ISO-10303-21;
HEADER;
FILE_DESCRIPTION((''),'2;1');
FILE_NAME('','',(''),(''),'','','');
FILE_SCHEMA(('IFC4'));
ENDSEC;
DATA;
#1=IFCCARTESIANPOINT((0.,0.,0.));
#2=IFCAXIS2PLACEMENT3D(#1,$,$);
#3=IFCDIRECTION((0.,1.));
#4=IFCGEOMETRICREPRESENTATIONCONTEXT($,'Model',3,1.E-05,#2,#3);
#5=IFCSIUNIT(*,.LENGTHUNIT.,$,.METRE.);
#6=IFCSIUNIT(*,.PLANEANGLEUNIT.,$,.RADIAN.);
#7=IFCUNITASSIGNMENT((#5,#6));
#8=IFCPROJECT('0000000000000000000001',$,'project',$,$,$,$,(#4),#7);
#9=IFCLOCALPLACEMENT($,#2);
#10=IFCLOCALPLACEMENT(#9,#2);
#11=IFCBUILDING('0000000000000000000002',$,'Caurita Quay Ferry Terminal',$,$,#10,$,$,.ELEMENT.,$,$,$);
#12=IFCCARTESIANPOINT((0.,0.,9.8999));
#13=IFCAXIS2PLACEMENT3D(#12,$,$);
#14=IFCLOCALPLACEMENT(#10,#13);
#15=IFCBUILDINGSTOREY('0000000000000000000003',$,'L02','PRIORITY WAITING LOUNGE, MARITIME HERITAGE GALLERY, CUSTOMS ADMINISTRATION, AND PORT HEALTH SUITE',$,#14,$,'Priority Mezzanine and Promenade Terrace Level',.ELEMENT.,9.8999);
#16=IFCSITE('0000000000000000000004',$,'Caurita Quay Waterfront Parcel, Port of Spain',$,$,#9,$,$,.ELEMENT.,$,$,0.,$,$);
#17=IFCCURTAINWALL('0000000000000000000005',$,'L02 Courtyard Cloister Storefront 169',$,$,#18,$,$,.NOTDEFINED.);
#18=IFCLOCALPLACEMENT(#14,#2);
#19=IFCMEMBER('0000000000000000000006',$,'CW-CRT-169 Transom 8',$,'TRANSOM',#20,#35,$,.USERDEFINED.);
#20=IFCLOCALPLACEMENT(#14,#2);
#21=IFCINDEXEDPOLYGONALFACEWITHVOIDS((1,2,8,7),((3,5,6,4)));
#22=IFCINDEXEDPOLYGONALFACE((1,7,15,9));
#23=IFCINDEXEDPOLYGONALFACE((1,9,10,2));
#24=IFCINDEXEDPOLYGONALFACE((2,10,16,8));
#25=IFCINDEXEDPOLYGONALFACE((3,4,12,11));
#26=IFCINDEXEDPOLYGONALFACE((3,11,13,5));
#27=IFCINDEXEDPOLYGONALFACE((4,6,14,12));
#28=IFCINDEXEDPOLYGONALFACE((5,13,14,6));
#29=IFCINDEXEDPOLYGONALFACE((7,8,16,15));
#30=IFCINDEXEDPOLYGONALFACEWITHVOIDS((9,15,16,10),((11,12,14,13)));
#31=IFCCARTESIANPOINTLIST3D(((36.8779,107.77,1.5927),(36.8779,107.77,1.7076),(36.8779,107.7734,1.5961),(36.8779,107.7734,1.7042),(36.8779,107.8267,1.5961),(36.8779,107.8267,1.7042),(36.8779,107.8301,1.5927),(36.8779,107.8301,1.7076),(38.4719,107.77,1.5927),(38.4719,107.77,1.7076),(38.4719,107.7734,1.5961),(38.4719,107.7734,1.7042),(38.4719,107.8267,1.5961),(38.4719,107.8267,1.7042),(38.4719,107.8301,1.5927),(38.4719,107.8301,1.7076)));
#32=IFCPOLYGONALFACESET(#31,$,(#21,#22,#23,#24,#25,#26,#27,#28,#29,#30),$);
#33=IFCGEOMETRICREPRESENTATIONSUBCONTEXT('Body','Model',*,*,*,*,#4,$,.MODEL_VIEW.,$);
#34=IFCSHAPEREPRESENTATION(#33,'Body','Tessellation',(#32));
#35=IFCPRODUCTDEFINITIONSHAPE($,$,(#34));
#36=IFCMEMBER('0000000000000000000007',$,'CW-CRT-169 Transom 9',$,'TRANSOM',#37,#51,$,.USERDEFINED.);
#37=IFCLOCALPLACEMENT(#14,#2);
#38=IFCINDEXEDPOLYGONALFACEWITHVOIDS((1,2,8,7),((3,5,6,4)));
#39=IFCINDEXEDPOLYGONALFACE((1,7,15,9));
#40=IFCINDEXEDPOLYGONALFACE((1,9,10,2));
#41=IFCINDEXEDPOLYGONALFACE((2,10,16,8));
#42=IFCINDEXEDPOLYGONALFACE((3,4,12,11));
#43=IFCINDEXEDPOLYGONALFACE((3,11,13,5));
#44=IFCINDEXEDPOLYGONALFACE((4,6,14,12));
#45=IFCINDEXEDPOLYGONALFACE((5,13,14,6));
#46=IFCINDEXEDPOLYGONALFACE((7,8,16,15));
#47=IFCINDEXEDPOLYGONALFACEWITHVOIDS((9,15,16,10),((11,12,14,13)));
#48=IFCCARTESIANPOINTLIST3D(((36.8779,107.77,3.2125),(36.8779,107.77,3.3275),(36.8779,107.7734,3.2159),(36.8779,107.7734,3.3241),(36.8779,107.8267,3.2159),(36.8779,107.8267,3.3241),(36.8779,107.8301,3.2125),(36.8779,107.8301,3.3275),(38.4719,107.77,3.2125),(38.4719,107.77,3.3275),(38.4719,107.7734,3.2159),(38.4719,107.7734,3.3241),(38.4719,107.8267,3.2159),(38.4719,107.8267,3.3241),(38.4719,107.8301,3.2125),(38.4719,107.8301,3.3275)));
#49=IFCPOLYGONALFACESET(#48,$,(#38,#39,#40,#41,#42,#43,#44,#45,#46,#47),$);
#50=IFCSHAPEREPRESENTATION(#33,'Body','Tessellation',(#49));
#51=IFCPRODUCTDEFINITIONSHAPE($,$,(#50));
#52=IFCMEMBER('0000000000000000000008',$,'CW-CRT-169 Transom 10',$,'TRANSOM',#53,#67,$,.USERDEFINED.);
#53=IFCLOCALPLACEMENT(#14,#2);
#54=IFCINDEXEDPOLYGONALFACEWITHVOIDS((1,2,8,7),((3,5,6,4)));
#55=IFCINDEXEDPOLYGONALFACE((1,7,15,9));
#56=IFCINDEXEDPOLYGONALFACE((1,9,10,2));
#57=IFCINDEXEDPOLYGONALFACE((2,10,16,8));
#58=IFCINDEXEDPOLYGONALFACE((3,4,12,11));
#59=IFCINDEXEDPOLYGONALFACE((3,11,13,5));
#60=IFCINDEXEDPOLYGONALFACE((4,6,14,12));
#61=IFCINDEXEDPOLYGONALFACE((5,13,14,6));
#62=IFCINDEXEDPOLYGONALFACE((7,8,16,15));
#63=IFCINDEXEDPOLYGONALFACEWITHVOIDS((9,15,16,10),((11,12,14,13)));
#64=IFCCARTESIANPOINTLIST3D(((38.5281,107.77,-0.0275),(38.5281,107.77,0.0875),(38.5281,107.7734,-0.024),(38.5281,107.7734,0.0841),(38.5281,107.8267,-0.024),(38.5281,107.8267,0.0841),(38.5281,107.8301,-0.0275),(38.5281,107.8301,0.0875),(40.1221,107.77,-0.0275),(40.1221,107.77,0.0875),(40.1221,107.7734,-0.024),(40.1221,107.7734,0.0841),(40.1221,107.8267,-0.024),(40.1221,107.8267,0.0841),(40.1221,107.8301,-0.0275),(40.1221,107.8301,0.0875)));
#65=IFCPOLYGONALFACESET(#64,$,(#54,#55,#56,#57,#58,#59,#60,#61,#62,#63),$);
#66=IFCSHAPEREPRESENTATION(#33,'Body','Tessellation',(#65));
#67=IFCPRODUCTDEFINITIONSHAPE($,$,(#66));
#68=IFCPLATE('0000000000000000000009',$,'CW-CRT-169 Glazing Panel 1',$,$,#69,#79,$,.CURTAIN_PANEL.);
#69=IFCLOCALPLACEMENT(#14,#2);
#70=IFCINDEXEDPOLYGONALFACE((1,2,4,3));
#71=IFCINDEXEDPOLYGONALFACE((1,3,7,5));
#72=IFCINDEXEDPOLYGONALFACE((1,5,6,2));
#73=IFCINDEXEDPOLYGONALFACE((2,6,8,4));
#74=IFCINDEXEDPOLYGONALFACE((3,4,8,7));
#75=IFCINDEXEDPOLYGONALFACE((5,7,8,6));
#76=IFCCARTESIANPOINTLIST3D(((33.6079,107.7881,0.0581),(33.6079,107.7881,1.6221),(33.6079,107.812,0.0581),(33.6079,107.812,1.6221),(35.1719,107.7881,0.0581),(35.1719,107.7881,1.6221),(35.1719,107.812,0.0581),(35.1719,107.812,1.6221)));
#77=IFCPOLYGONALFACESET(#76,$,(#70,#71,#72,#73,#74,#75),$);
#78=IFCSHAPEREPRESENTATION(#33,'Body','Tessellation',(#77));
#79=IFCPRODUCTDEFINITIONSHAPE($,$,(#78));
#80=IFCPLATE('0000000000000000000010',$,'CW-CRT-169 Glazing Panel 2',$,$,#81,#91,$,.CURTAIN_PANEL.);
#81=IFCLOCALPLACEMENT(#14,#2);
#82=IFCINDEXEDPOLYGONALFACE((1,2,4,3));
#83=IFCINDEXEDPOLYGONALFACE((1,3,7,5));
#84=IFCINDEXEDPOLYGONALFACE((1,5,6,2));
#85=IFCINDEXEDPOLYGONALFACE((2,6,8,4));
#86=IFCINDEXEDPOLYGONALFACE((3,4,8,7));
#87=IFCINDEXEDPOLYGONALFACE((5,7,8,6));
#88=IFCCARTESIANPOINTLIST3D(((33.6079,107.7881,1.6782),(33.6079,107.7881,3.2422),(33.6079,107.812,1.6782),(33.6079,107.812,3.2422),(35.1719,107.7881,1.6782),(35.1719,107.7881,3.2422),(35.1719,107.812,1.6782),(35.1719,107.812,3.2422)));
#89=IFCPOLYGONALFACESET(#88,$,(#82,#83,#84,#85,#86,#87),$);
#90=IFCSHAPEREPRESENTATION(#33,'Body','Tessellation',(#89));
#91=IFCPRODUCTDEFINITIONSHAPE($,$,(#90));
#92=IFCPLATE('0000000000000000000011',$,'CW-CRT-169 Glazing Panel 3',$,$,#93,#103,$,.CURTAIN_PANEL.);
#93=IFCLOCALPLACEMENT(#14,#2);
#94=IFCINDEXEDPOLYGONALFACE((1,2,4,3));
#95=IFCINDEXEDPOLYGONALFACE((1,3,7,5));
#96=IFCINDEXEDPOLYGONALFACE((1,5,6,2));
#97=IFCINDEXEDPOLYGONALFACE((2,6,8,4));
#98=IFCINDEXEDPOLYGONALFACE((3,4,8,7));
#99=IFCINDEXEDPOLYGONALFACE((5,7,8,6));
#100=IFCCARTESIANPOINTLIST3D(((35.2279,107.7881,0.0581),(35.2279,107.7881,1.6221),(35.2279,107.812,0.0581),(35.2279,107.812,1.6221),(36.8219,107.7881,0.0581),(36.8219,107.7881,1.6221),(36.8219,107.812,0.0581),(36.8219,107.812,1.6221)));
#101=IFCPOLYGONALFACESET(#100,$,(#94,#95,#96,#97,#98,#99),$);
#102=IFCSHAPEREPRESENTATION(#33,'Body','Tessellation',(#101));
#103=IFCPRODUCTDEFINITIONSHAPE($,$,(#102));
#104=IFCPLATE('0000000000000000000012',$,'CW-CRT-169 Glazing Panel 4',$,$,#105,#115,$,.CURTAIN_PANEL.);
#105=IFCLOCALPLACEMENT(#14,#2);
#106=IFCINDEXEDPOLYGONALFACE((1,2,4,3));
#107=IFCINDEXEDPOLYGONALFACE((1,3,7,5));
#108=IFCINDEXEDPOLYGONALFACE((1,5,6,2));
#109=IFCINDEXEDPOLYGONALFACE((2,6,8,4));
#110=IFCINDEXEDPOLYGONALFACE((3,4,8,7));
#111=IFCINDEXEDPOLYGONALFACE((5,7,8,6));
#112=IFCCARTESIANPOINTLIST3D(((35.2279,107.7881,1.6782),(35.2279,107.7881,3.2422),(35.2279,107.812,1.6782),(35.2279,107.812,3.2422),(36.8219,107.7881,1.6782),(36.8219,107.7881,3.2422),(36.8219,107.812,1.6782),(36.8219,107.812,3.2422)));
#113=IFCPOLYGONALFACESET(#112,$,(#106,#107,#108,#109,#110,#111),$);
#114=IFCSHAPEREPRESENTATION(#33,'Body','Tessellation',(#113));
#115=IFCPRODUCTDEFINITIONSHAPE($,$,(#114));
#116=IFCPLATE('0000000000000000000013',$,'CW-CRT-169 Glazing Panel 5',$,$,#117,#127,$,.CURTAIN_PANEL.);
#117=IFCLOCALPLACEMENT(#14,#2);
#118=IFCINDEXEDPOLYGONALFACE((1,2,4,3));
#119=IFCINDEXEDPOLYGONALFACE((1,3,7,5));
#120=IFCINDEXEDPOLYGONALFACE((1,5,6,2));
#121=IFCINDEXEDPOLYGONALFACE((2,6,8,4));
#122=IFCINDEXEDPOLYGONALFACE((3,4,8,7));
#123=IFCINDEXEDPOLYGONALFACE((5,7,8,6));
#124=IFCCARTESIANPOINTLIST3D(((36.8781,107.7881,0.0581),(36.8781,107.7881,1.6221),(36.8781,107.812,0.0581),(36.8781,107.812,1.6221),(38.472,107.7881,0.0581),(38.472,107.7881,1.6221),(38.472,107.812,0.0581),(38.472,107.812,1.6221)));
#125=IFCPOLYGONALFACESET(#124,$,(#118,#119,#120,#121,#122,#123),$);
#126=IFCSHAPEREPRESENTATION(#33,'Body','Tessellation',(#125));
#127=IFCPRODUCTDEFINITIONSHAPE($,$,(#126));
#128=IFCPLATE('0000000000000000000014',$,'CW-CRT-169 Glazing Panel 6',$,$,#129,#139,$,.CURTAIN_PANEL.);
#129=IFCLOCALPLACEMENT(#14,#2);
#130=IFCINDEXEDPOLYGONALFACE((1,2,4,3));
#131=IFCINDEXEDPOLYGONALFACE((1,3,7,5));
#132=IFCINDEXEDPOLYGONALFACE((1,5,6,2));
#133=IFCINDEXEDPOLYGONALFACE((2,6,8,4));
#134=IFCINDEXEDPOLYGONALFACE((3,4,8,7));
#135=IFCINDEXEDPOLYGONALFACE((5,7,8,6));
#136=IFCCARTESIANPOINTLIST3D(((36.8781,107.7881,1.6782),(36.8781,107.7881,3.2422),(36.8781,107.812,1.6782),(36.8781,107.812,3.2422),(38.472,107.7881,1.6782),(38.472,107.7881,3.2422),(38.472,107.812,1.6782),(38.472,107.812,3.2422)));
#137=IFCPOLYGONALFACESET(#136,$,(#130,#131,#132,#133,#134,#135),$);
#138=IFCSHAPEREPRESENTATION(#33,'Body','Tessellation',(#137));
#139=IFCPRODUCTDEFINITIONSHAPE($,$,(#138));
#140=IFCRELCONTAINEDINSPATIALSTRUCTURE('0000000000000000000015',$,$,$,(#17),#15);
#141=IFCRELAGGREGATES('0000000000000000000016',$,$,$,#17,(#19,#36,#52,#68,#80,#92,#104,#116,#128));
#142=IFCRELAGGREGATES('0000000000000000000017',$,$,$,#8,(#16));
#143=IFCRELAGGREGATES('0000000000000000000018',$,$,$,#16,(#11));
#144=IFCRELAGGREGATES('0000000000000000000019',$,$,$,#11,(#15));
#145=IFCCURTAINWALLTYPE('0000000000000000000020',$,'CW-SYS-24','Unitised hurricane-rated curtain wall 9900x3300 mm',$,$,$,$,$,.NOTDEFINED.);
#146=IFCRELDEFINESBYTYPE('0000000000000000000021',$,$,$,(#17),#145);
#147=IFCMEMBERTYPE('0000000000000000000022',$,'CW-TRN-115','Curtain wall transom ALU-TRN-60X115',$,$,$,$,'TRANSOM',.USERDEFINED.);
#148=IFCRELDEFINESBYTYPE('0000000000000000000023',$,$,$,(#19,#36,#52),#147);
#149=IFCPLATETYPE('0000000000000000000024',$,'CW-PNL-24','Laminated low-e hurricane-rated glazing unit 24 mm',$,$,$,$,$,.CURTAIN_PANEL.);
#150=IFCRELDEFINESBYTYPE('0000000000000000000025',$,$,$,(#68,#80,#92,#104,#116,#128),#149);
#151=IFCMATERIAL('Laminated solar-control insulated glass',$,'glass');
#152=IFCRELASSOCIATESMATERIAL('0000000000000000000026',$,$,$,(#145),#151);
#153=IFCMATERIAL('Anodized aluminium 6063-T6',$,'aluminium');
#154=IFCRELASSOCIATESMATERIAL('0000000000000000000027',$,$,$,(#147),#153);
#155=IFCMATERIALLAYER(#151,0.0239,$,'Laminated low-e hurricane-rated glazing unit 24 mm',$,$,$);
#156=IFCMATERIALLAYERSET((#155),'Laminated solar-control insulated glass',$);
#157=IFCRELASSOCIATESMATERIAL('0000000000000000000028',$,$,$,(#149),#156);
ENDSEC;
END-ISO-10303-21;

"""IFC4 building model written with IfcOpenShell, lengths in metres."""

from ifc_helpers import new_model, si_unit, direction, frame, origin, origin_2d, place, context, subcontext, project, spatial, rectangle, hollow_rectangle, extrude, material, layer, layer_set, material_profile, profile_set, type_object, element, aggregate, save


model = new_model("IFC4")

# Units and contexts
model_context = context("Model", 3, precision=1e-05, world=origin(), true_north=direction((0.0, 1.0)))
body_context = subcontext(model_context, "Body", "Model", "MODEL_VIEW")
ifc_project = project(units=[si_unit("LENGTHUNIT", "METRE"), si_unit("PLANEANGLEUNIT", "RADIAN")], contexts=[model_context])

# Site, building, storey
site_placement = place(None, origin())
site = spatial("IfcSite", under=ifc_project, at=site_placement, Name="Caurita Quay Waterfront Parcel, Port of Spain", CompositionType="ELEMENT", RefElevation=0.0)
building_placement = place(site_placement, origin())
building = spatial("IfcBuilding", under=site, at=building_placement, Name="Caurita Quay Ferry Terminal", CompositionType="ELEMENT")
storey_placement = place(building_placement, frame((0.0, 0.0, 9.8999)))
storey = spatial("IfcBuildingStorey", under=building, at=storey_placement, Name="L02", Description="PRIORITY WAITING LOUNGE, MARITIME HERITAGE GALLERY, CUSTOMS ADMINISTRATION, AND PORT HEALTH SUITE", LongName="Priority Mezzanine and Promenade Terrace Level", CompositionType="ELEMENT", Elevation=9.8999)

# Curtain wall, members, plates
ifc_material_1 = material(Name="Laminated solar-control insulated glass", Category="glass")
curtain_wall_type = type_object("IfcCurtainWallType", Name="CW-SYS-24", Description="Unitised hurricane-rated curtain wall 9900x3300 mm", PredefinedType="NOTDEFINED", material=ifc_material_1)
curtain_wall_placement = place(storey_placement, origin())
curtain_wall = element("IfcCurtainWall", 1, at=curtain_wall_placement, inside=storey, type_object=curtain_wall_type, Name="L02 Courtyard Cloister Storefront 169", PredefinedType="NOTDEFINED")
ifc_material_2 = material(Name="Anodized aluminium 6063-T6", Category="aluminium")
ifc_material_profile_1 = material_profile(ifc_material_2, hollow_rectangle(XDim=0.0601, YDim=0.115, WallThickness=0.0034, at=origin_2d()), Name="ALU-TRN-60X115")
ifc_profile_set_1 = profile_set([ifc_material_profile_1], Name="Anodized aluminium 6063-T6")
member_type_1 = type_object("IfcMemberType", Name="CW-TRN-115", Description="Curtain wall transom ALU-TRN-60X115", ElementType="TRANSOM", PredefinedType="USERDEFINED", material=ifc_profile_set_1)
member_1_placement = place(storey_placement, frame((36.8779, 107.8, 1.6501), z_axis=(1.0, 0.0, 0.0), x_axis=(0.0, 1.0, 0.0)))
member_1 = element("IfcMember", 2, at=member_1_placement, type_object=member_type_1, Name="CW-CRT-169 Transom 8", ObjectType="TRANSOM", PredefinedType="USERDEFINED", context=body_context, shape_type="SweptSolid", body=[
    extrude(hollow_rectangle(XDim=0.0601, YDim=0.115, WallThickness=0.0034, at=origin_2d()), origin(), (0.0, 0.0, 1.0), 1.594),
])
member_2_placement = place(storey_placement, frame((36.8779, 107.8, 3.27), z_axis=(1.0, 0.0, 0.0), x_axis=(0.0, 1.0, 0.0)))
member_2 = element("IfcMember", 3, at=member_2_placement, type_object=member_type_1, Name="CW-CRT-169 Transom 9", ObjectType="TRANSOM", PredefinedType="USERDEFINED", context=body_context, shape_type="SweptSolid", body=[
    extrude(hollow_rectangle(XDim=0.0601, YDim=0.115, WallThickness=0.0034, at=origin_2d()), origin(), (0.0, 0.0, 1.0), 1.594),
])
member_3_placement = place(storey_placement, frame((38.5281, 107.8, 0.03), z_axis=(1.0, 0.0, 0.0), x_axis=(0.0, 1.0, 0.0)))
member_3 = element("IfcMember", 4, at=member_3_placement, type_object=member_type_1, Name="CW-CRT-169 Transom 10", ObjectType="TRANSOM", PredefinedType="USERDEFINED", context=body_context, shape_type="SweptSolid", body=[
    extrude(hollow_rectangle(XDim=0.0601, YDim=0.115, WallThickness=0.0034, at=origin_2d()), origin(), (0.0, 0.0, 1.0), 1.594),
])
ifc_layer = layer(ifc_material_1, 0.0239, Name="Laminated low-e hurricane-rated glazing unit 24 mm")
ifc_layer_set = layer_set([ifc_layer], Name="Laminated solar-control insulated glass")
plate_type = type_object("IfcPlateType", Name="CW-PNL-24", Description="Laminated low-e hurricane-rated glazing unit 24 mm", PredefinedType="CURTAIN_PANEL", material=ifc_layer_set)
plate_1_placement = place(storey_placement, frame((34.3899, 107.8, 0.0581), z_axis=(0.0, 0.0, 1.0), x_axis=(1.0, 0.0, 0.0)))
plate_1 = element("IfcPlate", 5, at=plate_1_placement, type_object=plate_type, Name="CW-CRT-169 Glazing Panel 1", PredefinedType="CURTAIN_PANEL", context=body_context, shape_type="SweptSolid", body=[
    extrude(rectangle(XDim=1.564, YDim=0.0239, at=origin_2d()), origin(), (0.0, 0.0, 1.0), 1.564),
])
plate_2_placement = place(storey_placement, frame((34.3899, 107.8, 1.6782), z_axis=(0.0, 0.0, 1.0), x_axis=(1.0, 0.0, 0.0)))
plate_2 = element("IfcPlate", 6, at=plate_2_placement, type_object=plate_type, Name="CW-CRT-169 Glazing Panel 2", PredefinedType="CURTAIN_PANEL", context=body_context, shape_type="SweptSolid", body=[
    extrude(rectangle(XDim=1.564, YDim=0.0239, at=origin_2d()), origin(), (0.0, 0.0, 1.0), 1.564),
])
plate_3_placement = place(storey_placement, frame((36.0249, 107.8, 0.0581), z_axis=(0.0, 0.0, 1.0), x_axis=(1.0, 0.0, 0.0)))
plate_3 = element("IfcPlate", 7, at=plate_3_placement, type_object=plate_type, Name="CW-CRT-169 Glazing Panel 3", PredefinedType="CURTAIN_PANEL", context=body_context, shape_type="SweptSolid", body=[
    extrude(rectangle(XDim=1.594, YDim=0.0239, at=origin_2d()), origin(), (0.0, 0.0, 1.0), 1.564),
])
plate_4_placement = place(storey_placement, frame((36.0249, 107.8, 1.6782), z_axis=(0.0, 0.0, 1.0), x_axis=(1.0, 0.0, 0.0)))
plate_4 = element("IfcPlate", 8, at=plate_4_placement, type_object=plate_type, Name="CW-CRT-169 Glazing Panel 4", PredefinedType="CURTAIN_PANEL", context=body_context, shape_type="SweptSolid", body=[
    extrude(rectangle(XDim=1.594, YDim=0.0239, at=origin_2d()), origin(), (0.0, 0.0, 1.0), 1.564),
])
plate_5_placement = place(storey_placement, frame((37.675, 107.8, 0.0581), z_axis=(0.0, 0.0, 1.0), x_axis=(1.0, 0.0, 0.0)))
plate_5 = element("IfcPlate", 9, at=plate_5_placement, type_object=plate_type, Name="CW-CRT-169 Glazing Panel 5", PredefinedType="CURTAIN_PANEL", context=body_context, shape_type="SweptSolid", body=[
    extrude(rectangle(XDim=1.594, YDim=0.0239, at=origin_2d()), origin(), (0.0, 0.0, 1.0), 1.564),
])
plate_6_placement = place(storey_placement, frame((37.675, 107.8, 1.6782), z_axis=(0.0, 0.0, 1.0), x_axis=(1.0, 0.0, 0.0)))
plate_6 = element("IfcPlate", 10, at=plate_6_placement, type_object=plate_type, Name="CW-CRT-169 Glazing Panel 6", PredefinedType="CURTAIN_PANEL", context=body_context, shape_type="SweptSolid", body=[
    extrude(rectangle(XDim=1.594, YDim=0.0239, at=origin_2d()), origin(), (0.0, 0.0, 1.0), 1.564),
])
aggregate(curtain_wall, [member_1, member_2, member_3, plate_1, plate_2, plate_3, plate_4, plate_5, plate_6])

save(model, "model.ifc")
